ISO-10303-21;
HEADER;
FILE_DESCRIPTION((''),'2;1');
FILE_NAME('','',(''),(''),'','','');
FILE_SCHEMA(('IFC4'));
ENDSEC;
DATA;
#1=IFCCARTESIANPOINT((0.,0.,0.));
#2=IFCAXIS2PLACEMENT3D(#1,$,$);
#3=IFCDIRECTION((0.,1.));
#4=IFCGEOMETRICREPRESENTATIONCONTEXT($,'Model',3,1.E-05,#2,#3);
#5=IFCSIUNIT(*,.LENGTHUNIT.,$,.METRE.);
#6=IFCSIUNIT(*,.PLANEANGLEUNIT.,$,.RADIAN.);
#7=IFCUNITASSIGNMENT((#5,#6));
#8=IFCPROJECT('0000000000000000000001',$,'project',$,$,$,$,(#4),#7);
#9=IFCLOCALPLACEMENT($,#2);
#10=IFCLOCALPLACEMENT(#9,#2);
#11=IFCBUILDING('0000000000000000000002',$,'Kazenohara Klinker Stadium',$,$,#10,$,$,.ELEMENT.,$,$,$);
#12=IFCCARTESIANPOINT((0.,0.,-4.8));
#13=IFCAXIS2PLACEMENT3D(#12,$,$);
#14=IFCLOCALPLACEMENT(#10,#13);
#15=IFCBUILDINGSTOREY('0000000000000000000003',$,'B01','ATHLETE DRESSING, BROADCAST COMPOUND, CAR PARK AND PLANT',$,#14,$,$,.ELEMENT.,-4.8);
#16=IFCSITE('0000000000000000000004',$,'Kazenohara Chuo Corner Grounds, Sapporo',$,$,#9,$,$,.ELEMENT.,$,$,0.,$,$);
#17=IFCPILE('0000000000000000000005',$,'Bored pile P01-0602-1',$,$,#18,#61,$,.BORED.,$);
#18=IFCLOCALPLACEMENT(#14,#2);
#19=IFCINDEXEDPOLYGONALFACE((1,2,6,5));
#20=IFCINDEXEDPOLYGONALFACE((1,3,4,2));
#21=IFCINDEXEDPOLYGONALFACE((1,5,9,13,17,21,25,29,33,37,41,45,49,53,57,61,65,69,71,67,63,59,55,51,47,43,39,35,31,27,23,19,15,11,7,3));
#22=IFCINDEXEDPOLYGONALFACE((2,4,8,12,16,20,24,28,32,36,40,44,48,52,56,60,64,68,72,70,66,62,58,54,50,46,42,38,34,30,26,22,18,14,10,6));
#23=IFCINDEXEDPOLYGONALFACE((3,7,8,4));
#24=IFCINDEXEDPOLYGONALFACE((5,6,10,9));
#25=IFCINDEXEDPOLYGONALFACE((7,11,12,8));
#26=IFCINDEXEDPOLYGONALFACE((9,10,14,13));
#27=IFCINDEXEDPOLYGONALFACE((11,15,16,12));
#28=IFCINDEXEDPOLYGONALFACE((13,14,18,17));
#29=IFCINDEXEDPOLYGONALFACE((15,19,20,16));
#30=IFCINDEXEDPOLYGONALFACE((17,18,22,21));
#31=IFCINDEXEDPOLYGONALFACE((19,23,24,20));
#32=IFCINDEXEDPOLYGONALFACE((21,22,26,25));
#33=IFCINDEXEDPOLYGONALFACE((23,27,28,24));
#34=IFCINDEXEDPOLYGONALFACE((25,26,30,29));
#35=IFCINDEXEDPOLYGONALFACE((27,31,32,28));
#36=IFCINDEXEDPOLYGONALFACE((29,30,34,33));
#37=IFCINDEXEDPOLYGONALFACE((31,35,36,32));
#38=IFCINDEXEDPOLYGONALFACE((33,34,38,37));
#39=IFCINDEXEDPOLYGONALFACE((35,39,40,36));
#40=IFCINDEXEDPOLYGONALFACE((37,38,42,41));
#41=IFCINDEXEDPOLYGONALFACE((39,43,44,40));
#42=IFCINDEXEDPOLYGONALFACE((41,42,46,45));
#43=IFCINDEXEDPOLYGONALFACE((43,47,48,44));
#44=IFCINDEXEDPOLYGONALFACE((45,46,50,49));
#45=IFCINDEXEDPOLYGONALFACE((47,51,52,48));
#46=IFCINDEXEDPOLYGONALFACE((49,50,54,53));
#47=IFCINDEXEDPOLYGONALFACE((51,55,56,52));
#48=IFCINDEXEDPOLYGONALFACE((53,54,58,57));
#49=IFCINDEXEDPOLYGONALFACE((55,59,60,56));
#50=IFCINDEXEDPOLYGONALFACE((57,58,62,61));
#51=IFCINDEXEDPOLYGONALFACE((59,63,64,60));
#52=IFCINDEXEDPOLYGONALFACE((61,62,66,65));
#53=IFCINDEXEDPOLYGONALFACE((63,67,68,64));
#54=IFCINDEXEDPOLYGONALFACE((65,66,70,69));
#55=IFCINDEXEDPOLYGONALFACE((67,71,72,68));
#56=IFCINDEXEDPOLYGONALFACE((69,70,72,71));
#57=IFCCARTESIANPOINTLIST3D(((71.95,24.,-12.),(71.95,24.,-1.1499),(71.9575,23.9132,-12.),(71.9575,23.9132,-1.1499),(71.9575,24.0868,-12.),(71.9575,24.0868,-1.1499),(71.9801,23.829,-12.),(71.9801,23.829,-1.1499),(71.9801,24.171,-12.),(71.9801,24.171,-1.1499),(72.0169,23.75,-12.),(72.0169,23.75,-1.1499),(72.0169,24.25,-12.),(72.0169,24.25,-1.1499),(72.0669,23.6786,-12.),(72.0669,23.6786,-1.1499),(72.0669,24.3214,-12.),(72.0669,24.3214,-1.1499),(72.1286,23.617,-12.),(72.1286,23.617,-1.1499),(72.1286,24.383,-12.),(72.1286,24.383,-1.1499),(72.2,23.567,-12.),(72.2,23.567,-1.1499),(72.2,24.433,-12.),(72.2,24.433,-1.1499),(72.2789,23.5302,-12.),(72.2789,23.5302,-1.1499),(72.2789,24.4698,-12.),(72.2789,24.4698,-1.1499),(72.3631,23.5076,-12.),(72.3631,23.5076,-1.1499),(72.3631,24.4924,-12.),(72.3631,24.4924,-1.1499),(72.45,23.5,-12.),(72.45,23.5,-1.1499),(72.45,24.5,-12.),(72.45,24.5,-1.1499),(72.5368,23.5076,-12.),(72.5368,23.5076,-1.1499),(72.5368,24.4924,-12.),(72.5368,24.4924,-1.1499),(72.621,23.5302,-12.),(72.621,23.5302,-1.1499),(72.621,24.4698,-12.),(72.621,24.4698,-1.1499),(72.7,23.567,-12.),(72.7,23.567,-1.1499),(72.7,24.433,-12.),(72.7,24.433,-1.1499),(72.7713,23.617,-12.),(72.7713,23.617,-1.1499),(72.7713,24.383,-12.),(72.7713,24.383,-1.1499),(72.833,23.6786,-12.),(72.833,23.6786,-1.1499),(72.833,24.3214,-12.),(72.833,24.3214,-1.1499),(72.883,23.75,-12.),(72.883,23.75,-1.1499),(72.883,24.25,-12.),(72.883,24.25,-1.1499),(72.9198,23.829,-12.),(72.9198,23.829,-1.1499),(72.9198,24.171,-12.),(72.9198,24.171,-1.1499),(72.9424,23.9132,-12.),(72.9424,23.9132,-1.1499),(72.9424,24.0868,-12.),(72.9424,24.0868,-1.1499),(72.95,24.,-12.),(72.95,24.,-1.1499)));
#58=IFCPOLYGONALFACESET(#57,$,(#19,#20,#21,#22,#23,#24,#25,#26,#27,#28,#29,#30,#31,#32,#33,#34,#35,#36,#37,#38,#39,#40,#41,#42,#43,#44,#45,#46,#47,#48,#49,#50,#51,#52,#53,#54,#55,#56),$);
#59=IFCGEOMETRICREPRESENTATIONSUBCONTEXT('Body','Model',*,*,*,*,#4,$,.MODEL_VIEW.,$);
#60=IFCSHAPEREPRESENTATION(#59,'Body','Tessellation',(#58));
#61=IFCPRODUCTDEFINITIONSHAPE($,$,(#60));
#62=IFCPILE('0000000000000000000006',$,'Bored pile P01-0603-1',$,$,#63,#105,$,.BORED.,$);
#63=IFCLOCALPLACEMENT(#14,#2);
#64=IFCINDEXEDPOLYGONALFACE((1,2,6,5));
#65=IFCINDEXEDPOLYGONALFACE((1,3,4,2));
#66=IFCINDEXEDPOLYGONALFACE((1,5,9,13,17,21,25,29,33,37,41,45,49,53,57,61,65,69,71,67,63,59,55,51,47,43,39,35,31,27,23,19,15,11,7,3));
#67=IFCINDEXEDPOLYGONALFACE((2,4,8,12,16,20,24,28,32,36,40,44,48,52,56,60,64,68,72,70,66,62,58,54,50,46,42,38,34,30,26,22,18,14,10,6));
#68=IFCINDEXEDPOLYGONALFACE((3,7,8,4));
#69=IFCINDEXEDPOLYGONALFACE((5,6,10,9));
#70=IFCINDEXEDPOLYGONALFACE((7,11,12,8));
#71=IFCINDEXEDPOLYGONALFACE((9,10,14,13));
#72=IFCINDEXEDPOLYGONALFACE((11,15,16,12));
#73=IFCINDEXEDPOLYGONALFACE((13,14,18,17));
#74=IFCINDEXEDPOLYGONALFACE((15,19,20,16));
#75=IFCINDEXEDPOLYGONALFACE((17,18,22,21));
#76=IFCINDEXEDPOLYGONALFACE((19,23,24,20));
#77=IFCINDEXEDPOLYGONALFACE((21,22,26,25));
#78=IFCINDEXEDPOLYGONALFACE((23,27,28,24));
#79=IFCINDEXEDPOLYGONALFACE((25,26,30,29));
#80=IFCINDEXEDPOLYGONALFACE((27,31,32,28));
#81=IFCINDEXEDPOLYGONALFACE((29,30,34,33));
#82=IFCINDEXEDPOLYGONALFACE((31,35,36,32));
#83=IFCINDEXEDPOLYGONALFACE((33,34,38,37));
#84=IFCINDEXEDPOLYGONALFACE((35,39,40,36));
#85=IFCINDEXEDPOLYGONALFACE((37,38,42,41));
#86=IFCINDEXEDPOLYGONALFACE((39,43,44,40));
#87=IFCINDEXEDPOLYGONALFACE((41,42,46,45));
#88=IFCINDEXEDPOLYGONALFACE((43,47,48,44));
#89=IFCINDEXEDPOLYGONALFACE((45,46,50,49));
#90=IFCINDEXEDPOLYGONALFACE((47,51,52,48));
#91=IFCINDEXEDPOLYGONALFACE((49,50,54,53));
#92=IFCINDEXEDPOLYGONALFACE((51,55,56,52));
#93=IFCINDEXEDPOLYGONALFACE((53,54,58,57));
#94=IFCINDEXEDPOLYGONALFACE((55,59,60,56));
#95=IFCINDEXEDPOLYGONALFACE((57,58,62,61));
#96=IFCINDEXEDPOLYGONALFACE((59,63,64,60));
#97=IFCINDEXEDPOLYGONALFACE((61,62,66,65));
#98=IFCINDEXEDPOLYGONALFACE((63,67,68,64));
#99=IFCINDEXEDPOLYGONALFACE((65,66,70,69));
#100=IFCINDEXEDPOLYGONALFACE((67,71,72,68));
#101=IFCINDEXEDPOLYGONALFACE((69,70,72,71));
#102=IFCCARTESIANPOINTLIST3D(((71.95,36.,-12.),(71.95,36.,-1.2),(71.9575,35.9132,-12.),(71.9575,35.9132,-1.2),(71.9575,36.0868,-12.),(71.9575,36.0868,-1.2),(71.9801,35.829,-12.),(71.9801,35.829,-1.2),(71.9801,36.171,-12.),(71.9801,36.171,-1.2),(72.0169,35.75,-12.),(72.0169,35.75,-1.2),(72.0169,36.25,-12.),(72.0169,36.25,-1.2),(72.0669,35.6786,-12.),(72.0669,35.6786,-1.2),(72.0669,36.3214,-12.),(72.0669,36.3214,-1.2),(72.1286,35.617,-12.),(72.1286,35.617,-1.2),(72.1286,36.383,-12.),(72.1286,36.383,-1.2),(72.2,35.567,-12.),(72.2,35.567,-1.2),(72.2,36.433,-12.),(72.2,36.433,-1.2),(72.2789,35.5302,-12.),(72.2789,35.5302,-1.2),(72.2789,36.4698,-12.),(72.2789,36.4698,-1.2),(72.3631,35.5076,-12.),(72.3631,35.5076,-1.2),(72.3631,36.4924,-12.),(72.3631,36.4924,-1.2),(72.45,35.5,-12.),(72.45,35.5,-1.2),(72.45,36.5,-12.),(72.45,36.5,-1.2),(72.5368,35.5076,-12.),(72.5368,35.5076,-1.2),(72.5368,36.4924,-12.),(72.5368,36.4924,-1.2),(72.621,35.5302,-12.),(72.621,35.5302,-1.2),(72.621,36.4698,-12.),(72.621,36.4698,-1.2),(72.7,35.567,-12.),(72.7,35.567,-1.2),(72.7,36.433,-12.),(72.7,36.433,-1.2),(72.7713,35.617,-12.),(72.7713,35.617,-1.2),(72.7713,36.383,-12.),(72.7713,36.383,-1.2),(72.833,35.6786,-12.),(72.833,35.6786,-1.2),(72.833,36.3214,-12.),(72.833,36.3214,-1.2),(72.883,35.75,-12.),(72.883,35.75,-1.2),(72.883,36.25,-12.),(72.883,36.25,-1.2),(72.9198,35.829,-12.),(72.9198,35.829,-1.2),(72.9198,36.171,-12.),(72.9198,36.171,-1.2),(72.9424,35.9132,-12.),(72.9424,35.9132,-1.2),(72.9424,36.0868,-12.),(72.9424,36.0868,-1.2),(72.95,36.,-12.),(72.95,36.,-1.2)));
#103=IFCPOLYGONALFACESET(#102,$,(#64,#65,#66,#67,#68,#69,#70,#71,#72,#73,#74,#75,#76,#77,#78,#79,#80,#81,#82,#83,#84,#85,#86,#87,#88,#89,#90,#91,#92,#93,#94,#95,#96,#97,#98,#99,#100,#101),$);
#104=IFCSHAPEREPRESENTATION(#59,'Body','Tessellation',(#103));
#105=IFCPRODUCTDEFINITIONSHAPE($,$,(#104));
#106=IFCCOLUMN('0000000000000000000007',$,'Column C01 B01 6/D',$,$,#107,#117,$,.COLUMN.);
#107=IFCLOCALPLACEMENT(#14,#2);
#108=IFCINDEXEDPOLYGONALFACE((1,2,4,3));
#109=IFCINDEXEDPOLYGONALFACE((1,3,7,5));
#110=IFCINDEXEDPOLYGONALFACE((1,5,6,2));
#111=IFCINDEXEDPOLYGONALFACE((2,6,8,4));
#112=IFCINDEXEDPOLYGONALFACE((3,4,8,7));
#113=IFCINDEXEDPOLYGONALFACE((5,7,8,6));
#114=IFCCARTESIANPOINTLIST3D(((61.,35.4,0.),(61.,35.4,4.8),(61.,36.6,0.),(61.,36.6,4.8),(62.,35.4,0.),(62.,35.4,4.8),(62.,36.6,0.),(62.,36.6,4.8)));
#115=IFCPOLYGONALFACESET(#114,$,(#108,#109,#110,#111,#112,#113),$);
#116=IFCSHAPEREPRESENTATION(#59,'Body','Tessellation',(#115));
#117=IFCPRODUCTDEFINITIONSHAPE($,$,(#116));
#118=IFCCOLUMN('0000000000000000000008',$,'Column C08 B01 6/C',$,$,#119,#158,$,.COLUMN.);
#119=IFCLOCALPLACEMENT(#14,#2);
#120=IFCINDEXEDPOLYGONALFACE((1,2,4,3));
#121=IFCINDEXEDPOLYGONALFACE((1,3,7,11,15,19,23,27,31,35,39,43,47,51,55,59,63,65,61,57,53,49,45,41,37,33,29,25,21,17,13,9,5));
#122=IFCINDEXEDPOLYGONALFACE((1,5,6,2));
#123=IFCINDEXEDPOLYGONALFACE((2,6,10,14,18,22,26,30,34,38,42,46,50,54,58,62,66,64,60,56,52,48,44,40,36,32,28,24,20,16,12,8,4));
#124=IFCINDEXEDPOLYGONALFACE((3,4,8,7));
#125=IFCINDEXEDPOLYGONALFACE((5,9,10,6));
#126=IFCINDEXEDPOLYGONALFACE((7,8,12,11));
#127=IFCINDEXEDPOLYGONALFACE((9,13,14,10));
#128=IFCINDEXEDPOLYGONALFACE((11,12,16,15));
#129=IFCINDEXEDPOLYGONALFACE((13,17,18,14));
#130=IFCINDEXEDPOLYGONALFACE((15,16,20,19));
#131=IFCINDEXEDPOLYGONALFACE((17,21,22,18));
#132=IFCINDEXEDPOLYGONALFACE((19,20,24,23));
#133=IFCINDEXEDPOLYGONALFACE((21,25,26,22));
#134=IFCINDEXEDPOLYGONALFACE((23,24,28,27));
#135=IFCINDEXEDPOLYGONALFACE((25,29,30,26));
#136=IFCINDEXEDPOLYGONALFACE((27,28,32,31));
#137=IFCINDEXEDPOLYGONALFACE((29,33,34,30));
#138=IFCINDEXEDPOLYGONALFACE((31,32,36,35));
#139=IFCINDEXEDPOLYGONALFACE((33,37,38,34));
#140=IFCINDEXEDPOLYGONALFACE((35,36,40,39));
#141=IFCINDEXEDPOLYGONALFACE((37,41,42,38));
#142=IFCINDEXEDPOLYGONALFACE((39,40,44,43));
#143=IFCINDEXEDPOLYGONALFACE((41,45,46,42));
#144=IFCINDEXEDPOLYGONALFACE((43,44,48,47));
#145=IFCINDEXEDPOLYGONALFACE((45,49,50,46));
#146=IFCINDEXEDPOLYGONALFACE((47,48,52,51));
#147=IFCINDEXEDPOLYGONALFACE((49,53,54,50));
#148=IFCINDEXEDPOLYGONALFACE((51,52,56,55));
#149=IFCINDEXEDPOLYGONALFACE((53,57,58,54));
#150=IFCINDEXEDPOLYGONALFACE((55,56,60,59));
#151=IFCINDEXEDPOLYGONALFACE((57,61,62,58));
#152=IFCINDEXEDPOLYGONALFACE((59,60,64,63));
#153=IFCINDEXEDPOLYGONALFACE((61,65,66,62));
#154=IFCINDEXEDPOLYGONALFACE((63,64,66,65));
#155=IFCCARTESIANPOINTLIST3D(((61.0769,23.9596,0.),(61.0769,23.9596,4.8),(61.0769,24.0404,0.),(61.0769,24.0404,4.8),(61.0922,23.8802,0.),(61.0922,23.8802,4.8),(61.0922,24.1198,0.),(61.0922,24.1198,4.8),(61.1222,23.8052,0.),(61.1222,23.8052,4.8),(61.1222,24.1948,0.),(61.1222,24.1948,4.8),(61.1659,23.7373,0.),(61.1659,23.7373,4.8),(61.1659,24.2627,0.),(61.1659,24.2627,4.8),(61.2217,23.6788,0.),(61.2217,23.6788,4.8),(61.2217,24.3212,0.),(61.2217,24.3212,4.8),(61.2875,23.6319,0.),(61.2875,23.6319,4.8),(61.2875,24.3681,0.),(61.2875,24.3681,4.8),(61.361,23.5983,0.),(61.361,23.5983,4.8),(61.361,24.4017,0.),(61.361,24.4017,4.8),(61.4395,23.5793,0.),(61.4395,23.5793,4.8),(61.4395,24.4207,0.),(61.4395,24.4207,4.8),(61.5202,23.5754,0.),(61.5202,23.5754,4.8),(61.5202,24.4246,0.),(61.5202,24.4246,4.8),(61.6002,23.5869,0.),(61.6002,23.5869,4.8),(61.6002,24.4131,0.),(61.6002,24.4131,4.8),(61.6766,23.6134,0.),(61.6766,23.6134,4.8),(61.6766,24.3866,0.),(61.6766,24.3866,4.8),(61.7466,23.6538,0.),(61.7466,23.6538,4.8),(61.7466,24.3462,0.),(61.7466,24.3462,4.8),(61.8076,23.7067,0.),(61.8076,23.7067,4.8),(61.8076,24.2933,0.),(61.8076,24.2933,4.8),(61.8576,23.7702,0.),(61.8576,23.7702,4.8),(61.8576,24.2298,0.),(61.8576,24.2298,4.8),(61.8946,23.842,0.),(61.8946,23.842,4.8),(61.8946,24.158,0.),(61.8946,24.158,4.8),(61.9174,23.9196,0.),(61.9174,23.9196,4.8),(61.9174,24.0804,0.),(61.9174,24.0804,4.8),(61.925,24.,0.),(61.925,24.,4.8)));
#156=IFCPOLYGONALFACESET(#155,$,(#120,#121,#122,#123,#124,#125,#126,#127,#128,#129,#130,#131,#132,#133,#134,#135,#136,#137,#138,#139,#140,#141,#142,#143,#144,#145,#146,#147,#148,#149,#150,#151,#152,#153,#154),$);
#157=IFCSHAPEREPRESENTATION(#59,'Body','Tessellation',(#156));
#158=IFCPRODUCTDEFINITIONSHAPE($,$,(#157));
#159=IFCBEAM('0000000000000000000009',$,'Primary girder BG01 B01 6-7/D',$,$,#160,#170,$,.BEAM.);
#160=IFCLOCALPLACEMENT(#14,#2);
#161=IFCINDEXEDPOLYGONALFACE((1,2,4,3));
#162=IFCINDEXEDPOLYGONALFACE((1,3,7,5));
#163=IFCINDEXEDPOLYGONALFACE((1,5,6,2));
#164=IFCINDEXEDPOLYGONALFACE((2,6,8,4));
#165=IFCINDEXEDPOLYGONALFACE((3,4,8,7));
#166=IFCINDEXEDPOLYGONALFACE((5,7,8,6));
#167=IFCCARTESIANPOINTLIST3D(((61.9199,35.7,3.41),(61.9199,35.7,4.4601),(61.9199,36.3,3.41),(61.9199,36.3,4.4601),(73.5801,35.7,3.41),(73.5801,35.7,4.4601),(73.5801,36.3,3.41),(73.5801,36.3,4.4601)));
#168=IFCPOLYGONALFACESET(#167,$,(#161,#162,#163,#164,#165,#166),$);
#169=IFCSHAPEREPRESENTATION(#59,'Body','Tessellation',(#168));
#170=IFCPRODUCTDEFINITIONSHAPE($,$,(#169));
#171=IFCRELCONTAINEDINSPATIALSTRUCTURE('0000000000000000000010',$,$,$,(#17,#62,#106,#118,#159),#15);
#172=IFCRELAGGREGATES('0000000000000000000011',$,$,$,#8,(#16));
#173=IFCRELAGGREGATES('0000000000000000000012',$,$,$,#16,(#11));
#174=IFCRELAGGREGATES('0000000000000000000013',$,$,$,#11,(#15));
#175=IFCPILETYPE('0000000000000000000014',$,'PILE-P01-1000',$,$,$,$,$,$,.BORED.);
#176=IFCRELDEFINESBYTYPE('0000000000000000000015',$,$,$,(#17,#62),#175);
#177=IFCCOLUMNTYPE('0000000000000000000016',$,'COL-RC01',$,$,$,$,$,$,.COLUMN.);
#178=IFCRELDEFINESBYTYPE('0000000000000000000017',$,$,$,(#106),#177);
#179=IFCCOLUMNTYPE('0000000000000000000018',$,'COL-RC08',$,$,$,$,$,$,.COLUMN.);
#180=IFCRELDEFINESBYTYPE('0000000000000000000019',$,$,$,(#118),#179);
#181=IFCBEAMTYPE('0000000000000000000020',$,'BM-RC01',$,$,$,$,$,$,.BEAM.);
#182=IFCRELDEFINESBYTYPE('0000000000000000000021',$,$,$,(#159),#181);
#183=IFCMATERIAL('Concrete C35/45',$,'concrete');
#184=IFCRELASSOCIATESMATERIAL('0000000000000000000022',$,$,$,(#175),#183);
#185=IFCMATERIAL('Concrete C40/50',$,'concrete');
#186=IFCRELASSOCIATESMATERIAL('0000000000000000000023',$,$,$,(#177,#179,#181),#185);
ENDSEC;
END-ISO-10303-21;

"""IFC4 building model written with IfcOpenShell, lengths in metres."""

from ifc_helpers import new_model, si_unit, direction, frame, origin, origin_2d, place, context, subcontext, project, spatial, rectangle, circle, extrude, material, material_profile, profile_set, type_object, element, save


model = new_model("IFC4")

# Units and contexts
model_context = context("Model", 3, precision=1e-05, world=origin(), true_north=direction((0.0, 1.0)))
body_context = subcontext(model_context, "Body", "Model", "MODEL_VIEW")
ifc_project = project(units=[si_unit("LENGTHUNIT", "METRE"), si_unit("PLANEANGLEUNIT", "RADIAN")], contexts=[model_context])

# Site, building, storey
site_placement = place(None, origin())
site = spatial("IfcSite", under=ifc_project, at=site_placement, Name="Kazenohara Chuo Corner Grounds, Sapporo", CompositionType="ELEMENT", RefElevation=0.0)
building_placement = place(site_placement, origin())
building = spatial("IfcBuilding", under=site, at=building_placement, Name="Kazenohara Klinker Stadium", CompositionType="ELEMENT")
storey_placement = place(building_placement, frame((0.0, 0.0, -4.8)))
storey = spatial("IfcBuildingStorey", under=building, at=storey_placement, Name="B01", Description="ATHLETE DRESSING, BROADCAST COMPOUND, CAR PARK AND PLANT", CompositionType="ELEMENT", Elevation=-4.8)

# Shared definitions
ifc_material_1 = material(Name="Concrete C35/45", Category="concrete")

# Piles
ifc_material_profile_1 = material_profile(ifc_material_1, circle(Radius=0.5, at=origin_2d()), Name="BORED-PILE-1000")
ifc_profile_set_1 = profile_set([ifc_material_profile_1], Name="Concrete C35/45")
pile_type = type_object("IfcPileType", Name="PILE-P01-1000", PredefinedType="BORED", material=ifc_profile_set_1)
pile_1_placement = place(storey_placement, frame((72.45, 24.0, -1.1499), z_axis=(0.0, 0.0, -1.0), x_axis=(1.0, 0.0, 0.0)))
element("IfcPile", 1, at=pile_1_placement, inside=storey, type_object=pile_type, Name="Bored pile P01-0602-1", PredefinedType="BORED", context=body_context, shape_type="SweptSolid", body=[
    extrude(circle(Radius=0.5, at=origin_2d()), origin(), (0.0, 0.0, 1.0), 10.8501),
])
pile_2_placement = place(storey_placement, frame((72.45, 36.0, -1.2), z_axis=(0.0, 0.0, -1.0), x_axis=(1.0, 0.0, 0.0)))
element("IfcPile", 2, at=pile_2_placement, inside=storey, type_object=pile_type, Name="Bored pile P01-0603-1", PredefinedType="BORED", context=body_context, shape_type="SweptSolid", body=[
    extrude(circle(Radius=0.5, at=origin_2d()), origin(), (0.0, 0.0, 1.0), 10.8),
])

# Columns
ifc_material_2 = material(Name="Concrete C40/50", Category="concrete")
ifc_material_profile_2 = material_profile(ifc_material_2, rectangle(XDim=1.0, YDim=1.2, at=origin_2d()), Name="RC-COL-1200x1000")
ifc_profile_set_2 = profile_set([ifc_material_profile_2], Name="Concrete C40/50")
column_type_1 = type_object("IfcColumnType", Name="COL-RC01", PredefinedType="COLUMN", material=ifc_profile_set_2)
column_1_placement = place(storey_placement, frame((61.5, 36.0, 0.0), z_axis=(0.0, 0.0, 1.0), x_axis=(1.0, 0.0, 0.0)))
element("IfcColumn", 3, at=column_1_placement, inside=storey, type_object=column_type_1, Name="Column C01 B01 6/D", PredefinedType="COLUMN", context=body_context, shape_type="SweptSolid", body=[
    extrude(rectangle(XDim=1.0, YDim=1.2, at=origin_2d()), origin(), (0.0, 0.0, 1.0), 4.8),
])
ifc_material_profile_3 = material_profile(ifc_material_2, circle(Radius=0.425, at=origin_2d()), Name="RC-COL-D850")
ifc_profile_set_3 = profile_set([ifc_material_profile_3], Name="Concrete C40/50")
column_type_2 = type_object("IfcColumnType", Name="COL-RC08", PredefinedType="COLUMN", material=ifc_profile_set_3)
column_2_placement = place(storey_placement, frame((61.5, 24.0, 0.0), z_axis=(0.0, 0.0, 1.0), x_axis=(1.0, 0.0, 0.0)))
element("IfcColumn", 4, at=column_2_placement, inside=storey, type_object=column_type_2, Name="Column C08 B01 6/C", PredefinedType="COLUMN", context=body_context, shape_type="SweptSolid", body=[
    extrude(circle(Radius=0.425, at=origin_2d()), origin(), (0.0, 0.0, 1.0), 4.8),
])

# Beam
ifc_material_profile_4 = material_profile(ifc_material_2, rectangle(XDim=0.6001, YDim=1.05, at=origin_2d()), Name="RC-BM-600x1050")
ifc_profile_set_4 = profile_set([ifc_material_profile_4], Name="Concrete C40/50")
beam_type_1 = type_object("IfcBeamType", Name="BM-RC01", PredefinedType="BEAM", material=ifc_profile_set_4)
beam_1_placement = place(storey_placement, frame((61.9199, 36.0, 3.9351), z_axis=(1.0, 0.0, 0.0), x_axis=(0.0, 1.0, 0.0)))
element("IfcBeam", 5, at=beam_1_placement, inside=storey, type_object=beam_type_1, Name="Primary girder BG01 B01 6-7/D", PredefinedType="BEAM", context=body_context, shape_type="SweptSolid", body=[
    extrude(rectangle(XDim=0.6001, YDim=1.05, at=origin_2d()), origin(), (0.0, 0.0, 1.0), 11.6602),
])

save(model, "model.ifc")
